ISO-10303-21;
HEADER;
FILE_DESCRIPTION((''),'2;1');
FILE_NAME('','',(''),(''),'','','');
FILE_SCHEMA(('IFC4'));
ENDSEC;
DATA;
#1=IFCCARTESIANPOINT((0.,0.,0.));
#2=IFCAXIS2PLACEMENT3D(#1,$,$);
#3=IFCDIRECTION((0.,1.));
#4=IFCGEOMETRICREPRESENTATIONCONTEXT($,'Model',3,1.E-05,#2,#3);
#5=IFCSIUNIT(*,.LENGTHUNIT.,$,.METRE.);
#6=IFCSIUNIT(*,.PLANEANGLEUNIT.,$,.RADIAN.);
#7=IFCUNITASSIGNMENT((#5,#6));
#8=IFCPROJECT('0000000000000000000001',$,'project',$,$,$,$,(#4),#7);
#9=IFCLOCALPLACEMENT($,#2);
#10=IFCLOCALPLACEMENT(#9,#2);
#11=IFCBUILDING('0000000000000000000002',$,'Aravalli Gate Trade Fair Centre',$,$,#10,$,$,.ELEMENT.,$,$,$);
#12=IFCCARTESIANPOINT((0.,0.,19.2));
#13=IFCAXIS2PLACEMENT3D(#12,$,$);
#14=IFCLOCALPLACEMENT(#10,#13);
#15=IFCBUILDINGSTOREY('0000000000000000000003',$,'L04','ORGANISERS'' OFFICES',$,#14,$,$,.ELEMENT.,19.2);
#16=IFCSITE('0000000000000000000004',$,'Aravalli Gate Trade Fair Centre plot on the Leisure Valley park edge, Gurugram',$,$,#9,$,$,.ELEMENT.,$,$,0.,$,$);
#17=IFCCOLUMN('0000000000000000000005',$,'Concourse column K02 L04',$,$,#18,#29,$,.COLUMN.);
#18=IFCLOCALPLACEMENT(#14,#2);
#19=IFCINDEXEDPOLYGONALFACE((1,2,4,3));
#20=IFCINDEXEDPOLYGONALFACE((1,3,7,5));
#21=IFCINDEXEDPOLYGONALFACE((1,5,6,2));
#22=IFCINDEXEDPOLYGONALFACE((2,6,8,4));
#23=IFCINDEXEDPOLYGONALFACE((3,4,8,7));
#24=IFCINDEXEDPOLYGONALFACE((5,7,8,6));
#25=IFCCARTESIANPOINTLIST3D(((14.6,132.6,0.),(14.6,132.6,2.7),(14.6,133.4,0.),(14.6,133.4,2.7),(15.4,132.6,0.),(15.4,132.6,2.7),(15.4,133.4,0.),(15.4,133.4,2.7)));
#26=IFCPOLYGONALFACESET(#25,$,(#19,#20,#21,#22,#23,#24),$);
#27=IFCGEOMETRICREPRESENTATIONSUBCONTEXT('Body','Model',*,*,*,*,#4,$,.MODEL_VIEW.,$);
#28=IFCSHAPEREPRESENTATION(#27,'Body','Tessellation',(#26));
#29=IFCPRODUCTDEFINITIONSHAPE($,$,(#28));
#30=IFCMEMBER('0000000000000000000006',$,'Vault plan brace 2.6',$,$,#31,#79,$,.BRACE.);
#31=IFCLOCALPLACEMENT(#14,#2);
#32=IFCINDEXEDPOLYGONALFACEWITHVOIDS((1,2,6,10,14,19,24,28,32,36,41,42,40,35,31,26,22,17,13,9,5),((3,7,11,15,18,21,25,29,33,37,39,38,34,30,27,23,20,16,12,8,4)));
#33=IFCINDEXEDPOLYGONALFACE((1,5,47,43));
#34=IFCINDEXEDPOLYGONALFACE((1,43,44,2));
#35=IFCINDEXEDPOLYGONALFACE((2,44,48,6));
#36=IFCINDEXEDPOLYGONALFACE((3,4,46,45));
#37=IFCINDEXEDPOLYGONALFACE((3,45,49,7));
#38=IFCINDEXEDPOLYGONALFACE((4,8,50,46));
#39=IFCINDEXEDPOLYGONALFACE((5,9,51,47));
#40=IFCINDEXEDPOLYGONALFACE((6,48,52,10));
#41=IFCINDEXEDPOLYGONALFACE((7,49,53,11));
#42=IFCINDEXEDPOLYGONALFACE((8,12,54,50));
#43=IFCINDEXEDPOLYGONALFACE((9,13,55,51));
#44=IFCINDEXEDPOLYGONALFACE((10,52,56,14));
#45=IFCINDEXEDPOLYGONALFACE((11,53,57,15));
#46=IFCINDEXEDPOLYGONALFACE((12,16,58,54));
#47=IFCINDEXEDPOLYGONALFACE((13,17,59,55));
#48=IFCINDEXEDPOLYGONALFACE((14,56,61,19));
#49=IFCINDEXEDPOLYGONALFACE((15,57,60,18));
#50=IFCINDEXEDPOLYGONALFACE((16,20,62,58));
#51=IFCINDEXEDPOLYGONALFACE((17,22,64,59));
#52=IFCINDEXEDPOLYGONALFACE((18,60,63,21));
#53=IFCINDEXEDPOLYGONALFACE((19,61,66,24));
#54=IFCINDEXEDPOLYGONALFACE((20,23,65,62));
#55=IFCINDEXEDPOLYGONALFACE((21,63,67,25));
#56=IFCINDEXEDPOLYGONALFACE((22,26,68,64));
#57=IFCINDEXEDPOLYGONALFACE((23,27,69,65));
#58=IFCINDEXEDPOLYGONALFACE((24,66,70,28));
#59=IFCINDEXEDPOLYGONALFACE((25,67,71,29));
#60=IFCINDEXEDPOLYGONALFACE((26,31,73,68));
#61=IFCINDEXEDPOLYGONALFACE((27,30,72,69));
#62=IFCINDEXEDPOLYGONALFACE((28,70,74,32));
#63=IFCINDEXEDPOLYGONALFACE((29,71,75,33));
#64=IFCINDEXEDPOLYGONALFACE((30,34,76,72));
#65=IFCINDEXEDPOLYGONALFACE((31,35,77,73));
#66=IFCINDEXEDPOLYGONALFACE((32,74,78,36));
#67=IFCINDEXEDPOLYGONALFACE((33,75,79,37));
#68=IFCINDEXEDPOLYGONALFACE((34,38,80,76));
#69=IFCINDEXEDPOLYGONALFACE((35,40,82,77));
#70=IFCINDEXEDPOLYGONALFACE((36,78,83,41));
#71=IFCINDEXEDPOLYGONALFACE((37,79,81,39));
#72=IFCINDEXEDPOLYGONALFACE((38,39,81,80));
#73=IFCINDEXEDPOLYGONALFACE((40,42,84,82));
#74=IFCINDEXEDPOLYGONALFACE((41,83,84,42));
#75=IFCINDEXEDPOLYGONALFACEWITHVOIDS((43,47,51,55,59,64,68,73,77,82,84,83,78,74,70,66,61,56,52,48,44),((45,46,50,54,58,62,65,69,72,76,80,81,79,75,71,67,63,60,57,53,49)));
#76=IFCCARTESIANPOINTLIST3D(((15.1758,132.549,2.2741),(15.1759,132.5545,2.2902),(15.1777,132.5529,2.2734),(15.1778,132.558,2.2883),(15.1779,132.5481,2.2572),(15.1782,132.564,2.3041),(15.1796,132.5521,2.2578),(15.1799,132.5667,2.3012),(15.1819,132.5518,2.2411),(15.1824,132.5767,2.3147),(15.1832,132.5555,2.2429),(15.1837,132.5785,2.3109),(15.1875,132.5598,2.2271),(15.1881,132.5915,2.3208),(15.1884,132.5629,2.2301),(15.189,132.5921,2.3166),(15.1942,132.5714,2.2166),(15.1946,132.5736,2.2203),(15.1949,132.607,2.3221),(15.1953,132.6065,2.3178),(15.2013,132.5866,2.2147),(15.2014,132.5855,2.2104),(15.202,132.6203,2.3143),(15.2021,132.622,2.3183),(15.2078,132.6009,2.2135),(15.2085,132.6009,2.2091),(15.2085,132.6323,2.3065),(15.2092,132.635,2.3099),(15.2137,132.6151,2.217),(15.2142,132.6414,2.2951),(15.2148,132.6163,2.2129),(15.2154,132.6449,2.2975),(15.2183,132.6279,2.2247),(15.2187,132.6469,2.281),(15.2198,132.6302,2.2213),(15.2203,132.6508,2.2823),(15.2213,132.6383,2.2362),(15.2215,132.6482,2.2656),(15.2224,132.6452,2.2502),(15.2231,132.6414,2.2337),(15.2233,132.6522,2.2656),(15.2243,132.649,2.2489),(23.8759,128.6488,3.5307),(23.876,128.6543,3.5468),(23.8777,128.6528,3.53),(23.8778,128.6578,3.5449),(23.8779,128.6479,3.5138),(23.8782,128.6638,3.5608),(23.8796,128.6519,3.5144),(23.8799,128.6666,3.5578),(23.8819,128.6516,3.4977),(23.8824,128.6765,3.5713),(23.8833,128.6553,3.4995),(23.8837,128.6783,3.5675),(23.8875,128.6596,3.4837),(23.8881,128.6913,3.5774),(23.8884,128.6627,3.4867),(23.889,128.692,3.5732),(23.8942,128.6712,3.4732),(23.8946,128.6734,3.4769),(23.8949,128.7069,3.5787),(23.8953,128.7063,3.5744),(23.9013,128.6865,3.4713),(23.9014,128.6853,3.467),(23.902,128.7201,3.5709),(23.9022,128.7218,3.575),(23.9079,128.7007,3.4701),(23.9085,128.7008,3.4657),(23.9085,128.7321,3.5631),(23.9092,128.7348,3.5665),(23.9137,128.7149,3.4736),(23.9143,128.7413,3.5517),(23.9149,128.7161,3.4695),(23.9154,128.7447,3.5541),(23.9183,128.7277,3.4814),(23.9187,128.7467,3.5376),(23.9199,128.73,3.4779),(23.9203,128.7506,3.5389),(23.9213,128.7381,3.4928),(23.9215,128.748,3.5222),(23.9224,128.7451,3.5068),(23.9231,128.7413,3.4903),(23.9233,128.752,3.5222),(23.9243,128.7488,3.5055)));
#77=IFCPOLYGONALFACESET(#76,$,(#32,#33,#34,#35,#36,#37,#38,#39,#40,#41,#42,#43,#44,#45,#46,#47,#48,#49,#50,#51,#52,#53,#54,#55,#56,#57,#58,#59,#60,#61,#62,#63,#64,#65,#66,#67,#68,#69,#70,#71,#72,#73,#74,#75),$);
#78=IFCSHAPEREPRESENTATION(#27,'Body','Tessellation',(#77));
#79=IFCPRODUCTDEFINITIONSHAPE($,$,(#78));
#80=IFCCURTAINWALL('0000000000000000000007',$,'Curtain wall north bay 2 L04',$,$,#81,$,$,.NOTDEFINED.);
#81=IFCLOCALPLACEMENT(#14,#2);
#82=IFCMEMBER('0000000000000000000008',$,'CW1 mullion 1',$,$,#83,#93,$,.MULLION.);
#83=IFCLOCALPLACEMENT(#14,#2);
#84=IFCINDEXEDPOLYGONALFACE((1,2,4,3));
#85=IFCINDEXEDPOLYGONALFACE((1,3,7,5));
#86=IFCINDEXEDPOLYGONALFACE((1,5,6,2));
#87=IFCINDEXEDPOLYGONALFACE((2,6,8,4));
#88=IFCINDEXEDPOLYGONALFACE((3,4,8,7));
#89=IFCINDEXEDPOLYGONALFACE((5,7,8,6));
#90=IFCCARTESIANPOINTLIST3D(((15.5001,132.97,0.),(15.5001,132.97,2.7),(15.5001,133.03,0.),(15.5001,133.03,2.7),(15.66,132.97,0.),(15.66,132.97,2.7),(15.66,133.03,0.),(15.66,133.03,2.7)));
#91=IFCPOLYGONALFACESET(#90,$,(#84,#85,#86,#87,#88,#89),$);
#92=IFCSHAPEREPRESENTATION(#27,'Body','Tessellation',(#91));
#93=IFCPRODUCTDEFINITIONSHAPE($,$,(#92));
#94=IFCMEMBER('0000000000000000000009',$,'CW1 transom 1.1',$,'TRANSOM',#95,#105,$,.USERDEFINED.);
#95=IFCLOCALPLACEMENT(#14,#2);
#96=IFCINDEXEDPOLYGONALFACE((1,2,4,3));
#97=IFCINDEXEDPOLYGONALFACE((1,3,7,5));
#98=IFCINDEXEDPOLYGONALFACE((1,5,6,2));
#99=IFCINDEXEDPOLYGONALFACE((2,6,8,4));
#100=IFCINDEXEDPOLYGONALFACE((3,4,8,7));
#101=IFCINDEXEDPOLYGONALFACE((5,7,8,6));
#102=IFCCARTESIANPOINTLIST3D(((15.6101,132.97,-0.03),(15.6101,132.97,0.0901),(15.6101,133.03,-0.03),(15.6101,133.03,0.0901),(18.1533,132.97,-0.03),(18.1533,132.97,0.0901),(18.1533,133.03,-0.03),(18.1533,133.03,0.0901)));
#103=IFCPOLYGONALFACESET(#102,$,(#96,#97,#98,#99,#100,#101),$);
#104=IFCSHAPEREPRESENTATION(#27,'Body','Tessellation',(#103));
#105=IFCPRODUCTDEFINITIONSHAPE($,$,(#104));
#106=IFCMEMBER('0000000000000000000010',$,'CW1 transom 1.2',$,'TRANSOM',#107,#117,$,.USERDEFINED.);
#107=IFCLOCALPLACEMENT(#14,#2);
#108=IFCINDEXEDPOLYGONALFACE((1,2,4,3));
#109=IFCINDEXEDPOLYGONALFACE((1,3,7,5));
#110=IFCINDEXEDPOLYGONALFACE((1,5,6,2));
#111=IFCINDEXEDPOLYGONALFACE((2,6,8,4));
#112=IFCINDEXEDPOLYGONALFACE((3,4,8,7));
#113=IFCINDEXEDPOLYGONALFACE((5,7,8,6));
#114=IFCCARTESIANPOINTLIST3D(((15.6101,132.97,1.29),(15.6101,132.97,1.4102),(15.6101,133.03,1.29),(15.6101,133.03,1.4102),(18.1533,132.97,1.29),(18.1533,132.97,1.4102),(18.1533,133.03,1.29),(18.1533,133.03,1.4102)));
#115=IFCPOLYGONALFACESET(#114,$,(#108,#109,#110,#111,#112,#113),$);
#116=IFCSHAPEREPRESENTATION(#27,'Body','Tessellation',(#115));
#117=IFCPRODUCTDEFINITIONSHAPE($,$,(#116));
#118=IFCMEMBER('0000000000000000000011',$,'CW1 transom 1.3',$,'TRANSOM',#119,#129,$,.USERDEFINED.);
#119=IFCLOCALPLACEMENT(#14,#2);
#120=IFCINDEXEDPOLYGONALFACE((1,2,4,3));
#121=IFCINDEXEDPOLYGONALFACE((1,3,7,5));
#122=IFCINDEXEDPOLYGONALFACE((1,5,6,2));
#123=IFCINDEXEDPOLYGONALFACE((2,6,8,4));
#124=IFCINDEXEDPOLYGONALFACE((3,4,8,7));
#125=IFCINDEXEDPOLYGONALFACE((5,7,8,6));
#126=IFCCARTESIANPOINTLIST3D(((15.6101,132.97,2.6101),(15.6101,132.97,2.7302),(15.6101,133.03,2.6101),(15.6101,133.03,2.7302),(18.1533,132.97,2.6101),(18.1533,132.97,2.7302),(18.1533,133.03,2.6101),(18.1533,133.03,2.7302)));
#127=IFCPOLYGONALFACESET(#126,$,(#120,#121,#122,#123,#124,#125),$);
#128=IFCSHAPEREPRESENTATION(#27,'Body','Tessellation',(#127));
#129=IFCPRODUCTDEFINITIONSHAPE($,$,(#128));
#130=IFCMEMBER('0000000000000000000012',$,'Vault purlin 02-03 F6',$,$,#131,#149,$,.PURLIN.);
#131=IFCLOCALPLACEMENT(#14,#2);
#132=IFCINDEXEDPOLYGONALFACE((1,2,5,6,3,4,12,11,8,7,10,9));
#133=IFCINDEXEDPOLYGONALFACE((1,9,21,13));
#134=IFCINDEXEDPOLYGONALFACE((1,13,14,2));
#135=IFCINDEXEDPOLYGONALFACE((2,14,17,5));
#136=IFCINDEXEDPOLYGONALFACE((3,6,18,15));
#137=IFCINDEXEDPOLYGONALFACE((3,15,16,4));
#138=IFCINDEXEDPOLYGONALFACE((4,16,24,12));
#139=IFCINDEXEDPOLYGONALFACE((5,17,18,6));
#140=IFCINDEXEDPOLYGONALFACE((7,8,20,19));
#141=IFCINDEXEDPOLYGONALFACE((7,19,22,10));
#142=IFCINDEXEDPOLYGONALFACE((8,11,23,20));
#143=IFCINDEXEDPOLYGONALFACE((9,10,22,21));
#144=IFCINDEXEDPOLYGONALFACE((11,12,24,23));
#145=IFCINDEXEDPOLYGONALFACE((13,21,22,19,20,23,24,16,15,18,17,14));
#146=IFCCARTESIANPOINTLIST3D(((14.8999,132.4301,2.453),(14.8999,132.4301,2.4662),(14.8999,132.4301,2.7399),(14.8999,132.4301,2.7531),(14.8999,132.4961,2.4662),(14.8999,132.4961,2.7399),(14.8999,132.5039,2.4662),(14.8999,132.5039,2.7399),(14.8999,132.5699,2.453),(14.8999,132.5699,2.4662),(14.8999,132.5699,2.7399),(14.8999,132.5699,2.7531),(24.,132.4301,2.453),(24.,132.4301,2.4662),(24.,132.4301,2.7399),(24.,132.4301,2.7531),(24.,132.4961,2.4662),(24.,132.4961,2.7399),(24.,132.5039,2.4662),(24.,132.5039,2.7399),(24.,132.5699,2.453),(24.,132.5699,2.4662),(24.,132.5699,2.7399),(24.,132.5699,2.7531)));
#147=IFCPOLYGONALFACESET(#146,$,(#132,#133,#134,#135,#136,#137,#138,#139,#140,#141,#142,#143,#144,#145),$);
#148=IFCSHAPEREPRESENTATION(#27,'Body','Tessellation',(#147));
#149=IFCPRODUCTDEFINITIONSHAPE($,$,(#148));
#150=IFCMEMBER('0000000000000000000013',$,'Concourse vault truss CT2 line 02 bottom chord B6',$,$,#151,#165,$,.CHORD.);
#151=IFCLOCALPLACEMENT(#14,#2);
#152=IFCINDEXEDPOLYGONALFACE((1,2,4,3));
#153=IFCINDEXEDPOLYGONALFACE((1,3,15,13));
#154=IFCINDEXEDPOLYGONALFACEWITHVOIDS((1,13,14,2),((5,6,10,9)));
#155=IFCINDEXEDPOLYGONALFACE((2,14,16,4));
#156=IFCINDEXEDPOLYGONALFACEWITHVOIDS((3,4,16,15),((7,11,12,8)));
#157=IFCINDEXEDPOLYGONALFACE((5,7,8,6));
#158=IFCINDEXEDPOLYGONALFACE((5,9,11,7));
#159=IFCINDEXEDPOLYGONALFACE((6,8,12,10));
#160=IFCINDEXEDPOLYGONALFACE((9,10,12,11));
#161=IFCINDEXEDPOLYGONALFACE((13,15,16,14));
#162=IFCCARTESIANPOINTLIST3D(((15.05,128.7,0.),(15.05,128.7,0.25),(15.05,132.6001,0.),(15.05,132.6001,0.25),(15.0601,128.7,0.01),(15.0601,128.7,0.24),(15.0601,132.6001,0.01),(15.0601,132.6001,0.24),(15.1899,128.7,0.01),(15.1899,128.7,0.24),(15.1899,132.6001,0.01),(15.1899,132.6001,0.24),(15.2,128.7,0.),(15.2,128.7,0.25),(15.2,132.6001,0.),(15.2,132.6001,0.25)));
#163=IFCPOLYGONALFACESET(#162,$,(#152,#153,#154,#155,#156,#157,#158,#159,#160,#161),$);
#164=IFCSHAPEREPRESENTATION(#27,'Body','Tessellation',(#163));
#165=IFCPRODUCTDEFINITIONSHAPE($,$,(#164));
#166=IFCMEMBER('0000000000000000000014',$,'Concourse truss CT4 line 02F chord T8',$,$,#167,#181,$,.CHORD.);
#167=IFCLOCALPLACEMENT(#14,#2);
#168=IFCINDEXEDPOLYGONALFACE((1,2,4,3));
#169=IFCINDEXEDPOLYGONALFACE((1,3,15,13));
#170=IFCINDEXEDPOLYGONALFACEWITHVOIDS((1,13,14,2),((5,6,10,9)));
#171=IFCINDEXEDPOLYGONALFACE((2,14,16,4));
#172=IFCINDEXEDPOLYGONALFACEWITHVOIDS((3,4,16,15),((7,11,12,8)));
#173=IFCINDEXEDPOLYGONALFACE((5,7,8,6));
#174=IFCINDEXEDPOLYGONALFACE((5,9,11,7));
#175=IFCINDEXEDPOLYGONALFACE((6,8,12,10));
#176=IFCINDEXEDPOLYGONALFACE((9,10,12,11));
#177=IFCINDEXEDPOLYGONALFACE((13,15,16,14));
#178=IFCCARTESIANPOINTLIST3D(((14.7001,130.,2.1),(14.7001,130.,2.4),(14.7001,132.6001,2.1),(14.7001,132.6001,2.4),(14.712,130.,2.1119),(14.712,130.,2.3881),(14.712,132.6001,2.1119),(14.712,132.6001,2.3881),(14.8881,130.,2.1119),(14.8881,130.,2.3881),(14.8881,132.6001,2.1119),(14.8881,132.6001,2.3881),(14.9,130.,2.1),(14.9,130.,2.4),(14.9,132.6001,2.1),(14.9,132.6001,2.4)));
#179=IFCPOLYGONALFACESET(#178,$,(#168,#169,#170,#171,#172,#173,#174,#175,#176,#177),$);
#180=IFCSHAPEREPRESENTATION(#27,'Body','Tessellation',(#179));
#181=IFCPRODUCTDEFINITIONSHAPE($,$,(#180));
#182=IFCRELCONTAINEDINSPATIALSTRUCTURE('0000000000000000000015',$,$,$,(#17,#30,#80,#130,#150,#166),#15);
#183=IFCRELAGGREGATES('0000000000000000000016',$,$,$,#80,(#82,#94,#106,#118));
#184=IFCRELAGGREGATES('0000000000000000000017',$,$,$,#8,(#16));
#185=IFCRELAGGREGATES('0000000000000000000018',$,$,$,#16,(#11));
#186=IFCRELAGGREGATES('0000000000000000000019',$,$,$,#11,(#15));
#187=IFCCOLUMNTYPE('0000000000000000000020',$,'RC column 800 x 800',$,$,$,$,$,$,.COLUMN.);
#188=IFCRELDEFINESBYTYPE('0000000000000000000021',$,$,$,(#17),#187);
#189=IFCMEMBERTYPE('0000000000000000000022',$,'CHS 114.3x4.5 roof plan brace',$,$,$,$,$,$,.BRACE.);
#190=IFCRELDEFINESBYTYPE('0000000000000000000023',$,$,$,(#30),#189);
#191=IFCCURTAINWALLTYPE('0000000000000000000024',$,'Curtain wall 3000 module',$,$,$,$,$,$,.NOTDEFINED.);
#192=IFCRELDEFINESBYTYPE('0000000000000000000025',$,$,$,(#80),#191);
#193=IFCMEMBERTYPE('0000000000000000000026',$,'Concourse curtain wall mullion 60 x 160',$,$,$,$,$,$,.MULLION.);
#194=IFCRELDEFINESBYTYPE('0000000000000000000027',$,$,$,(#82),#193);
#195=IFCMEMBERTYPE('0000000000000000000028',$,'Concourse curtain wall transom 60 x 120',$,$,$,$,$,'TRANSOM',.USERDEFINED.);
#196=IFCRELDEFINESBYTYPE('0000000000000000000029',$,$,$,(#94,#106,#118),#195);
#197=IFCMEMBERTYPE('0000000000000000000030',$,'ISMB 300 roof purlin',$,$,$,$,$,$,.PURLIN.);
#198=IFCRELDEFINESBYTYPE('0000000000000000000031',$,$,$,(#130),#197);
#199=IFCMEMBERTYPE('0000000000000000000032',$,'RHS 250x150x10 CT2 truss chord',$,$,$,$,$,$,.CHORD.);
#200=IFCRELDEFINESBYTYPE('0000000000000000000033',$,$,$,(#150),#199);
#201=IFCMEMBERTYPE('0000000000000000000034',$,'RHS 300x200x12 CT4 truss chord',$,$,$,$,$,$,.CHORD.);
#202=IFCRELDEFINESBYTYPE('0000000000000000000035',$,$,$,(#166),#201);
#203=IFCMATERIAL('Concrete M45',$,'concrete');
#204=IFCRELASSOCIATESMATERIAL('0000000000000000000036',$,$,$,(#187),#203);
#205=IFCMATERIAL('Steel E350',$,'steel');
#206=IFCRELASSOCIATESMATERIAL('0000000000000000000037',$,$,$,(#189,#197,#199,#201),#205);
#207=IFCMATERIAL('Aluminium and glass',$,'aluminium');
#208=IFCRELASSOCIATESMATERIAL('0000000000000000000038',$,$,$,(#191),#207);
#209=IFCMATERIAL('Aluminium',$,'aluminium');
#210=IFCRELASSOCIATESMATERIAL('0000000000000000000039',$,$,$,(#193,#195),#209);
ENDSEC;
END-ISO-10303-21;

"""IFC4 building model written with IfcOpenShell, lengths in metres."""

from ifc_helpers import new_model, si_unit, direction, frame, origin, origin_2d, place, context, subcontext, project, spatial, rectangle, hollow_rectangle, hollow_circle, i_section, extrude, material, material_profile, profile_set, type_object, element, aggregate, save


model = new_model("IFC4")

# Units and contexts
model_context = context("Model", 3, precision=1e-05, world=origin(), true_north=direction((0.0, 1.0)))
body_context = subcontext(model_context, "Body", "Model", "MODEL_VIEW")
ifc_project = project(units=[si_unit("LENGTHUNIT", "METRE"), si_unit("PLANEANGLEUNIT", "RADIAN")], contexts=[model_context])

# Site, building, storey
site_placement = place(None, origin())
site = spatial("IfcSite", under=ifc_project, at=site_placement, Name="Aravalli Gate Trade Fair Centre plot on the Leisure Valley park edge, Gurugram", CompositionType="ELEMENT", RefElevation=0.0)
building_placement = place(site_placement, origin())
building = spatial("IfcBuilding", under=site, at=building_placement, Name="Aravalli Gate Trade Fair Centre", CompositionType="ELEMENT")
storey_placement = place(building_placement, frame((0.0, 0.0, 19.2)))
storey = spatial("IfcBuildingStorey", under=building, at=storey_placement, Name="L04", Description="ORGANISERS' OFFICES", CompositionType="ELEMENT", Elevation=19.2)

# Column
ifc_material_1 = material(Name="Concrete M45", Category="concrete")
ifc_material_profile_1 = material_profile(ifc_material_1, rectangle(XDim=0.8, YDim=0.8, at=origin_2d()), Name="RC column 800 x 800")
ifc_profile_set_1 = profile_set([ifc_material_profile_1], Name="Concrete M45")
column_type = type_object("IfcColumnType", Name="RC column 800 x 800", PredefinedType="COLUMN", material=ifc_profile_set_1)
column_placement = place(storey_placement, frame((15.0, 133.0, 0.0), z_axis=(0.0, 0.0, 1.0), x_axis=(1.0, 0.0, 0.0)))
element("IfcColumn", 1, at=column_placement, inside=storey, type_object=column_type, Name="Concourse column K02 L04", PredefinedType="COLUMN", context=body_context, shape_type="SweptSolid", body=[
    extrude(rectangle(XDim=0.8, YDim=0.8, at=origin_2d()), origin(), (0.0, 0.0, 1.0), 2.7),
])

# Member
ifc_material_2 = material(Name="Steel E350", Category="steel")
ifc_material_profile_2 = material_profile(ifc_material_2, hollow_circle(Radius=0.0571, WallThickness=0.0044, at=origin_2d()), Name="CHS 114.3x4.5")
ifc_profile_set_2 = profile_set([ifc_material_profile_2], Name="Steel E350")
member_type_1 = type_object("IfcMemberType", Name="CHS 114.3x4.5 roof plan brace", PredefinedType="BRACE", material=ifc_profile_set_2)
member_1_placement = place(storey_placement, frame((15.2, 132.6001, 2.2656), z_axis=(0.904679, -0.405563, 0.130669), x_axis=(0.409071, 0.912503, 0.0)))
element("IfcMember", 2, at=member_1_placement, inside=storey, type_object=member_type_1, Name="Vault plan brace 2.6", PredefinedType="BRACE", context=body_context, shape_type="SweptSolid", body=[
    extrude(hollow_circle(Radius=0.0571, WallThickness=0.0044, at=origin_2d()), origin(), (0.0, 0.0, 1.0), 9.6167),
])

# Curtain wall, members
ifc_material_3 = material(Name="Aluminium and glass", Category="aluminium")
curtain_wall_type_1 = type_object("IfcCurtainWallType", Name="Curtain wall 3000 module", PredefinedType="NOTDEFINED", material=ifc_material_3)
curtain_wall_1_placement = place(storey_placement, origin())
curtain_wall_1 = element("IfcCurtainWall", 3, at=curtain_wall_1_placement, inside=storey, type_object=curtain_wall_type_1, Name="Curtain wall north bay 2 L04", PredefinedType="NOTDEFINED")
ifc_material_4 = material(Name="Aluminium", Category="aluminium")
ifc_material_profile_3 = material_profile(ifc_material_4, rectangle(XDim=0.0601, YDim=0.1599, at=origin_2d()), Name="Concourse curtain wall mullion 60 x 160")
ifc_profile_set_3 = profile_set([ifc_material_profile_3], Name="Aluminium")
member_type_2 = type_object("IfcMemberType", Name="Concourse curtain wall mullion 60 x 160", PredefinedType="MULLION", material=ifc_profile_set_3)
member_2_placement = place(storey_placement, frame((15.5801, 133.0, 0.0), z_axis=(0.0, 0.0, 1.0), x_axis=(0.0, 1.0, 0.0)))
member_2 = element("IfcMember", 4, at=member_2_placement, type_object=member_type_2, Name="CW1 mullion 1", PredefinedType="MULLION", context=body_context, shape_type="SweptSolid", body=[
    extrude(rectangle(XDim=0.0601, YDim=0.1599, at=origin_2d()), origin(), (0.0, 0.0, 1.0), 2.7),
])
ifc_material_profile_4 = material_profile(ifc_material_4, rectangle(XDim=0.0601, YDim=0.1201, at=origin_2d()), Name="Concourse curtain wall transom 60 x 120")
ifc_profile_set_4 = profile_set([ifc_material_profile_4], Name="Aluminium")
member_type_3 = type_object("IfcMemberType", Name="Concourse curtain wall transom 60 x 120", ElementType="TRANSOM", PredefinedType="USERDEFINED", material=ifc_profile_set_4)
member_3_placement = place(storey_placement, frame((15.6101, 133.0, 0.03), z_axis=(1.0, 0.0, 0.0), x_axis=(0.0, 1.0, 0.0)))
member_3 = element("IfcMember", 5, at=member_3_placement, type_object=member_type_3, Name="CW1 transom 1.1", ObjectType="TRANSOM", PredefinedType="USERDEFINED", context=body_context, shape_type="SweptSolid", body=[
    extrude(rectangle(XDim=0.0601, YDim=0.1201, at=origin_2d()), origin(), (0.0, 0.0, 1.0), 2.5432),
])
member_4_placement = place(storey_placement, frame((15.6101, 133.0, 1.3501), z_axis=(1.0, 0.0, 0.0), x_axis=(0.0, 1.0, 0.0)))
member_4 = element("IfcMember", 6, at=member_4_placement, type_object=member_type_3, Name="CW1 transom 1.2", ObjectType="TRANSOM", PredefinedType="USERDEFINED", context=body_context, shape_type="SweptSolid", body=[
    extrude(rectangle(XDim=0.0601, YDim=0.1201, at=origin_2d()), origin(), (0.0, 0.0, 1.0), 2.5432),
])
member_5_placement = place(storey_placement, frame((15.6101, 133.0, 2.6702), z_axis=(1.0, 0.0, 0.0), x_axis=(0.0, 1.0, 0.0)))
member_5 = element("IfcMember", 7, at=member_5_placement, type_object=member_type_3, Name="CW1 transom 1.3", ObjectType="TRANSOM", PredefinedType="USERDEFINED", context=body_context, shape_type="SweptSolid", body=[
    extrude(rectangle(XDim=0.0601, YDim=0.1201, at=origin_2d()), origin(), (0.0, 0.0, 1.0), 2.5432),
])
aggregate(curtain_wall_1, [member_2, member_3, member_4, member_5])

# Members
ifc_material_profile_5 = material_profile(ifc_material_2, i_section(OverallWidth=0.1399, OverallDepth=0.3, WebThickness=0.0078, FlangeThickness=0.0132, at=origin_2d()), Name="ISMB 300")
ifc_profile_set_5 = profile_set([ifc_material_profile_5], Name="Steel E350")
member_type_4 = type_object("IfcMemberType", Name="ISMB 300 roof purlin", PredefinedType="PURLIN", material=ifc_profile_set_5)
member_6_placement = place(storey_placement, frame((14.8999, 132.5, 2.603), z_axis=(1.0, 0.0, 0.0), x_axis=(0.0, 1.0, 0.0)))
element("IfcMember", 8, at=member_6_placement, inside=storey, type_object=member_type_4, Name="Vault purlin 02-03 F6", PredefinedType="PURLIN", context=body_context, shape_type="SweptSolid", body=[
    extrude(i_section(OverallWidth=0.1399, OverallDepth=0.3, WebThickness=0.0078, FlangeThickness=0.0132, at=origin_2d()), origin(), (0.0, 0.0, 1.0), 9.1001),
])
ifc_material_profile_6 = material_profile(ifc_material_2, hollow_rectangle(XDim=0.1499, YDim=0.25, WallThickness=0.01, at=origin_2d()), Name="RHS 250x150x10")
ifc_profile_set_6 = profile_set([ifc_material_profile_6], Name="Steel E350")
member_type_5 = type_object("IfcMemberType", Name="RHS 250x150x10 CT2 truss chord", PredefinedType="CHORD", material=ifc_profile_set_6)
member_7_placement = place(storey_placement, frame((15.125, 128.7, 0.125), z_axis=(0.0, 1.0, 0.0), x_axis=(-1.0, 0.0, 0.0)))
element("IfcMember", 9, at=member_7_placement, inside=storey, type_object=member_type_5, Name="Concourse vault truss CT2 line 02 bottom chord B6", PredefinedType="CHORD", context=body_context, shape_type="SweptSolid", body=[
    extrude(hollow_rectangle(XDim=0.1499, YDim=0.25, WallThickness=0.01, at=origin_2d()), origin(), (0.0, 0.0, 1.0), 3.9001),
])
ifc_material_profile_7 = material_profile(ifc_material_2, hollow_rectangle(XDim=0.2, YDim=0.3, WallThickness=0.012, at=origin_2d()), Name="RHS 300x200x12")
ifc_profile_set_7 = profile_set([ifc_material_profile_7], Name="Steel E350")
member_type_6 = type_object("IfcMemberType", Name="RHS 300x200x12 CT4 truss chord", PredefinedType="CHORD", material=ifc_profile_set_7)
for number, where, z_axis, x_axis, name in (
    (10, (14.8, 130.0, 2.25), (0.0, 1.0, 0.0), (-1.0, 0.0, 0.0), "Concourse truss CT4 line 02F chord T8"),
):
    element("IfcMember", number, at=place(storey_placement, frame(where, z_axis=z_axis, x_axis=x_axis)), inside=storey, type_object=member_type_6, Name=name, PredefinedType="CHORD", context=body_context, shape_type="SweptSolid", body=[
        extrude(hollow_rectangle(XDim=0.2, YDim=0.3, WallThickness=0.012, at=origin_2d()), origin(), (0.0, 0.0, 1.0), 2.6001),
    ])

save(model, "model.ifc")
